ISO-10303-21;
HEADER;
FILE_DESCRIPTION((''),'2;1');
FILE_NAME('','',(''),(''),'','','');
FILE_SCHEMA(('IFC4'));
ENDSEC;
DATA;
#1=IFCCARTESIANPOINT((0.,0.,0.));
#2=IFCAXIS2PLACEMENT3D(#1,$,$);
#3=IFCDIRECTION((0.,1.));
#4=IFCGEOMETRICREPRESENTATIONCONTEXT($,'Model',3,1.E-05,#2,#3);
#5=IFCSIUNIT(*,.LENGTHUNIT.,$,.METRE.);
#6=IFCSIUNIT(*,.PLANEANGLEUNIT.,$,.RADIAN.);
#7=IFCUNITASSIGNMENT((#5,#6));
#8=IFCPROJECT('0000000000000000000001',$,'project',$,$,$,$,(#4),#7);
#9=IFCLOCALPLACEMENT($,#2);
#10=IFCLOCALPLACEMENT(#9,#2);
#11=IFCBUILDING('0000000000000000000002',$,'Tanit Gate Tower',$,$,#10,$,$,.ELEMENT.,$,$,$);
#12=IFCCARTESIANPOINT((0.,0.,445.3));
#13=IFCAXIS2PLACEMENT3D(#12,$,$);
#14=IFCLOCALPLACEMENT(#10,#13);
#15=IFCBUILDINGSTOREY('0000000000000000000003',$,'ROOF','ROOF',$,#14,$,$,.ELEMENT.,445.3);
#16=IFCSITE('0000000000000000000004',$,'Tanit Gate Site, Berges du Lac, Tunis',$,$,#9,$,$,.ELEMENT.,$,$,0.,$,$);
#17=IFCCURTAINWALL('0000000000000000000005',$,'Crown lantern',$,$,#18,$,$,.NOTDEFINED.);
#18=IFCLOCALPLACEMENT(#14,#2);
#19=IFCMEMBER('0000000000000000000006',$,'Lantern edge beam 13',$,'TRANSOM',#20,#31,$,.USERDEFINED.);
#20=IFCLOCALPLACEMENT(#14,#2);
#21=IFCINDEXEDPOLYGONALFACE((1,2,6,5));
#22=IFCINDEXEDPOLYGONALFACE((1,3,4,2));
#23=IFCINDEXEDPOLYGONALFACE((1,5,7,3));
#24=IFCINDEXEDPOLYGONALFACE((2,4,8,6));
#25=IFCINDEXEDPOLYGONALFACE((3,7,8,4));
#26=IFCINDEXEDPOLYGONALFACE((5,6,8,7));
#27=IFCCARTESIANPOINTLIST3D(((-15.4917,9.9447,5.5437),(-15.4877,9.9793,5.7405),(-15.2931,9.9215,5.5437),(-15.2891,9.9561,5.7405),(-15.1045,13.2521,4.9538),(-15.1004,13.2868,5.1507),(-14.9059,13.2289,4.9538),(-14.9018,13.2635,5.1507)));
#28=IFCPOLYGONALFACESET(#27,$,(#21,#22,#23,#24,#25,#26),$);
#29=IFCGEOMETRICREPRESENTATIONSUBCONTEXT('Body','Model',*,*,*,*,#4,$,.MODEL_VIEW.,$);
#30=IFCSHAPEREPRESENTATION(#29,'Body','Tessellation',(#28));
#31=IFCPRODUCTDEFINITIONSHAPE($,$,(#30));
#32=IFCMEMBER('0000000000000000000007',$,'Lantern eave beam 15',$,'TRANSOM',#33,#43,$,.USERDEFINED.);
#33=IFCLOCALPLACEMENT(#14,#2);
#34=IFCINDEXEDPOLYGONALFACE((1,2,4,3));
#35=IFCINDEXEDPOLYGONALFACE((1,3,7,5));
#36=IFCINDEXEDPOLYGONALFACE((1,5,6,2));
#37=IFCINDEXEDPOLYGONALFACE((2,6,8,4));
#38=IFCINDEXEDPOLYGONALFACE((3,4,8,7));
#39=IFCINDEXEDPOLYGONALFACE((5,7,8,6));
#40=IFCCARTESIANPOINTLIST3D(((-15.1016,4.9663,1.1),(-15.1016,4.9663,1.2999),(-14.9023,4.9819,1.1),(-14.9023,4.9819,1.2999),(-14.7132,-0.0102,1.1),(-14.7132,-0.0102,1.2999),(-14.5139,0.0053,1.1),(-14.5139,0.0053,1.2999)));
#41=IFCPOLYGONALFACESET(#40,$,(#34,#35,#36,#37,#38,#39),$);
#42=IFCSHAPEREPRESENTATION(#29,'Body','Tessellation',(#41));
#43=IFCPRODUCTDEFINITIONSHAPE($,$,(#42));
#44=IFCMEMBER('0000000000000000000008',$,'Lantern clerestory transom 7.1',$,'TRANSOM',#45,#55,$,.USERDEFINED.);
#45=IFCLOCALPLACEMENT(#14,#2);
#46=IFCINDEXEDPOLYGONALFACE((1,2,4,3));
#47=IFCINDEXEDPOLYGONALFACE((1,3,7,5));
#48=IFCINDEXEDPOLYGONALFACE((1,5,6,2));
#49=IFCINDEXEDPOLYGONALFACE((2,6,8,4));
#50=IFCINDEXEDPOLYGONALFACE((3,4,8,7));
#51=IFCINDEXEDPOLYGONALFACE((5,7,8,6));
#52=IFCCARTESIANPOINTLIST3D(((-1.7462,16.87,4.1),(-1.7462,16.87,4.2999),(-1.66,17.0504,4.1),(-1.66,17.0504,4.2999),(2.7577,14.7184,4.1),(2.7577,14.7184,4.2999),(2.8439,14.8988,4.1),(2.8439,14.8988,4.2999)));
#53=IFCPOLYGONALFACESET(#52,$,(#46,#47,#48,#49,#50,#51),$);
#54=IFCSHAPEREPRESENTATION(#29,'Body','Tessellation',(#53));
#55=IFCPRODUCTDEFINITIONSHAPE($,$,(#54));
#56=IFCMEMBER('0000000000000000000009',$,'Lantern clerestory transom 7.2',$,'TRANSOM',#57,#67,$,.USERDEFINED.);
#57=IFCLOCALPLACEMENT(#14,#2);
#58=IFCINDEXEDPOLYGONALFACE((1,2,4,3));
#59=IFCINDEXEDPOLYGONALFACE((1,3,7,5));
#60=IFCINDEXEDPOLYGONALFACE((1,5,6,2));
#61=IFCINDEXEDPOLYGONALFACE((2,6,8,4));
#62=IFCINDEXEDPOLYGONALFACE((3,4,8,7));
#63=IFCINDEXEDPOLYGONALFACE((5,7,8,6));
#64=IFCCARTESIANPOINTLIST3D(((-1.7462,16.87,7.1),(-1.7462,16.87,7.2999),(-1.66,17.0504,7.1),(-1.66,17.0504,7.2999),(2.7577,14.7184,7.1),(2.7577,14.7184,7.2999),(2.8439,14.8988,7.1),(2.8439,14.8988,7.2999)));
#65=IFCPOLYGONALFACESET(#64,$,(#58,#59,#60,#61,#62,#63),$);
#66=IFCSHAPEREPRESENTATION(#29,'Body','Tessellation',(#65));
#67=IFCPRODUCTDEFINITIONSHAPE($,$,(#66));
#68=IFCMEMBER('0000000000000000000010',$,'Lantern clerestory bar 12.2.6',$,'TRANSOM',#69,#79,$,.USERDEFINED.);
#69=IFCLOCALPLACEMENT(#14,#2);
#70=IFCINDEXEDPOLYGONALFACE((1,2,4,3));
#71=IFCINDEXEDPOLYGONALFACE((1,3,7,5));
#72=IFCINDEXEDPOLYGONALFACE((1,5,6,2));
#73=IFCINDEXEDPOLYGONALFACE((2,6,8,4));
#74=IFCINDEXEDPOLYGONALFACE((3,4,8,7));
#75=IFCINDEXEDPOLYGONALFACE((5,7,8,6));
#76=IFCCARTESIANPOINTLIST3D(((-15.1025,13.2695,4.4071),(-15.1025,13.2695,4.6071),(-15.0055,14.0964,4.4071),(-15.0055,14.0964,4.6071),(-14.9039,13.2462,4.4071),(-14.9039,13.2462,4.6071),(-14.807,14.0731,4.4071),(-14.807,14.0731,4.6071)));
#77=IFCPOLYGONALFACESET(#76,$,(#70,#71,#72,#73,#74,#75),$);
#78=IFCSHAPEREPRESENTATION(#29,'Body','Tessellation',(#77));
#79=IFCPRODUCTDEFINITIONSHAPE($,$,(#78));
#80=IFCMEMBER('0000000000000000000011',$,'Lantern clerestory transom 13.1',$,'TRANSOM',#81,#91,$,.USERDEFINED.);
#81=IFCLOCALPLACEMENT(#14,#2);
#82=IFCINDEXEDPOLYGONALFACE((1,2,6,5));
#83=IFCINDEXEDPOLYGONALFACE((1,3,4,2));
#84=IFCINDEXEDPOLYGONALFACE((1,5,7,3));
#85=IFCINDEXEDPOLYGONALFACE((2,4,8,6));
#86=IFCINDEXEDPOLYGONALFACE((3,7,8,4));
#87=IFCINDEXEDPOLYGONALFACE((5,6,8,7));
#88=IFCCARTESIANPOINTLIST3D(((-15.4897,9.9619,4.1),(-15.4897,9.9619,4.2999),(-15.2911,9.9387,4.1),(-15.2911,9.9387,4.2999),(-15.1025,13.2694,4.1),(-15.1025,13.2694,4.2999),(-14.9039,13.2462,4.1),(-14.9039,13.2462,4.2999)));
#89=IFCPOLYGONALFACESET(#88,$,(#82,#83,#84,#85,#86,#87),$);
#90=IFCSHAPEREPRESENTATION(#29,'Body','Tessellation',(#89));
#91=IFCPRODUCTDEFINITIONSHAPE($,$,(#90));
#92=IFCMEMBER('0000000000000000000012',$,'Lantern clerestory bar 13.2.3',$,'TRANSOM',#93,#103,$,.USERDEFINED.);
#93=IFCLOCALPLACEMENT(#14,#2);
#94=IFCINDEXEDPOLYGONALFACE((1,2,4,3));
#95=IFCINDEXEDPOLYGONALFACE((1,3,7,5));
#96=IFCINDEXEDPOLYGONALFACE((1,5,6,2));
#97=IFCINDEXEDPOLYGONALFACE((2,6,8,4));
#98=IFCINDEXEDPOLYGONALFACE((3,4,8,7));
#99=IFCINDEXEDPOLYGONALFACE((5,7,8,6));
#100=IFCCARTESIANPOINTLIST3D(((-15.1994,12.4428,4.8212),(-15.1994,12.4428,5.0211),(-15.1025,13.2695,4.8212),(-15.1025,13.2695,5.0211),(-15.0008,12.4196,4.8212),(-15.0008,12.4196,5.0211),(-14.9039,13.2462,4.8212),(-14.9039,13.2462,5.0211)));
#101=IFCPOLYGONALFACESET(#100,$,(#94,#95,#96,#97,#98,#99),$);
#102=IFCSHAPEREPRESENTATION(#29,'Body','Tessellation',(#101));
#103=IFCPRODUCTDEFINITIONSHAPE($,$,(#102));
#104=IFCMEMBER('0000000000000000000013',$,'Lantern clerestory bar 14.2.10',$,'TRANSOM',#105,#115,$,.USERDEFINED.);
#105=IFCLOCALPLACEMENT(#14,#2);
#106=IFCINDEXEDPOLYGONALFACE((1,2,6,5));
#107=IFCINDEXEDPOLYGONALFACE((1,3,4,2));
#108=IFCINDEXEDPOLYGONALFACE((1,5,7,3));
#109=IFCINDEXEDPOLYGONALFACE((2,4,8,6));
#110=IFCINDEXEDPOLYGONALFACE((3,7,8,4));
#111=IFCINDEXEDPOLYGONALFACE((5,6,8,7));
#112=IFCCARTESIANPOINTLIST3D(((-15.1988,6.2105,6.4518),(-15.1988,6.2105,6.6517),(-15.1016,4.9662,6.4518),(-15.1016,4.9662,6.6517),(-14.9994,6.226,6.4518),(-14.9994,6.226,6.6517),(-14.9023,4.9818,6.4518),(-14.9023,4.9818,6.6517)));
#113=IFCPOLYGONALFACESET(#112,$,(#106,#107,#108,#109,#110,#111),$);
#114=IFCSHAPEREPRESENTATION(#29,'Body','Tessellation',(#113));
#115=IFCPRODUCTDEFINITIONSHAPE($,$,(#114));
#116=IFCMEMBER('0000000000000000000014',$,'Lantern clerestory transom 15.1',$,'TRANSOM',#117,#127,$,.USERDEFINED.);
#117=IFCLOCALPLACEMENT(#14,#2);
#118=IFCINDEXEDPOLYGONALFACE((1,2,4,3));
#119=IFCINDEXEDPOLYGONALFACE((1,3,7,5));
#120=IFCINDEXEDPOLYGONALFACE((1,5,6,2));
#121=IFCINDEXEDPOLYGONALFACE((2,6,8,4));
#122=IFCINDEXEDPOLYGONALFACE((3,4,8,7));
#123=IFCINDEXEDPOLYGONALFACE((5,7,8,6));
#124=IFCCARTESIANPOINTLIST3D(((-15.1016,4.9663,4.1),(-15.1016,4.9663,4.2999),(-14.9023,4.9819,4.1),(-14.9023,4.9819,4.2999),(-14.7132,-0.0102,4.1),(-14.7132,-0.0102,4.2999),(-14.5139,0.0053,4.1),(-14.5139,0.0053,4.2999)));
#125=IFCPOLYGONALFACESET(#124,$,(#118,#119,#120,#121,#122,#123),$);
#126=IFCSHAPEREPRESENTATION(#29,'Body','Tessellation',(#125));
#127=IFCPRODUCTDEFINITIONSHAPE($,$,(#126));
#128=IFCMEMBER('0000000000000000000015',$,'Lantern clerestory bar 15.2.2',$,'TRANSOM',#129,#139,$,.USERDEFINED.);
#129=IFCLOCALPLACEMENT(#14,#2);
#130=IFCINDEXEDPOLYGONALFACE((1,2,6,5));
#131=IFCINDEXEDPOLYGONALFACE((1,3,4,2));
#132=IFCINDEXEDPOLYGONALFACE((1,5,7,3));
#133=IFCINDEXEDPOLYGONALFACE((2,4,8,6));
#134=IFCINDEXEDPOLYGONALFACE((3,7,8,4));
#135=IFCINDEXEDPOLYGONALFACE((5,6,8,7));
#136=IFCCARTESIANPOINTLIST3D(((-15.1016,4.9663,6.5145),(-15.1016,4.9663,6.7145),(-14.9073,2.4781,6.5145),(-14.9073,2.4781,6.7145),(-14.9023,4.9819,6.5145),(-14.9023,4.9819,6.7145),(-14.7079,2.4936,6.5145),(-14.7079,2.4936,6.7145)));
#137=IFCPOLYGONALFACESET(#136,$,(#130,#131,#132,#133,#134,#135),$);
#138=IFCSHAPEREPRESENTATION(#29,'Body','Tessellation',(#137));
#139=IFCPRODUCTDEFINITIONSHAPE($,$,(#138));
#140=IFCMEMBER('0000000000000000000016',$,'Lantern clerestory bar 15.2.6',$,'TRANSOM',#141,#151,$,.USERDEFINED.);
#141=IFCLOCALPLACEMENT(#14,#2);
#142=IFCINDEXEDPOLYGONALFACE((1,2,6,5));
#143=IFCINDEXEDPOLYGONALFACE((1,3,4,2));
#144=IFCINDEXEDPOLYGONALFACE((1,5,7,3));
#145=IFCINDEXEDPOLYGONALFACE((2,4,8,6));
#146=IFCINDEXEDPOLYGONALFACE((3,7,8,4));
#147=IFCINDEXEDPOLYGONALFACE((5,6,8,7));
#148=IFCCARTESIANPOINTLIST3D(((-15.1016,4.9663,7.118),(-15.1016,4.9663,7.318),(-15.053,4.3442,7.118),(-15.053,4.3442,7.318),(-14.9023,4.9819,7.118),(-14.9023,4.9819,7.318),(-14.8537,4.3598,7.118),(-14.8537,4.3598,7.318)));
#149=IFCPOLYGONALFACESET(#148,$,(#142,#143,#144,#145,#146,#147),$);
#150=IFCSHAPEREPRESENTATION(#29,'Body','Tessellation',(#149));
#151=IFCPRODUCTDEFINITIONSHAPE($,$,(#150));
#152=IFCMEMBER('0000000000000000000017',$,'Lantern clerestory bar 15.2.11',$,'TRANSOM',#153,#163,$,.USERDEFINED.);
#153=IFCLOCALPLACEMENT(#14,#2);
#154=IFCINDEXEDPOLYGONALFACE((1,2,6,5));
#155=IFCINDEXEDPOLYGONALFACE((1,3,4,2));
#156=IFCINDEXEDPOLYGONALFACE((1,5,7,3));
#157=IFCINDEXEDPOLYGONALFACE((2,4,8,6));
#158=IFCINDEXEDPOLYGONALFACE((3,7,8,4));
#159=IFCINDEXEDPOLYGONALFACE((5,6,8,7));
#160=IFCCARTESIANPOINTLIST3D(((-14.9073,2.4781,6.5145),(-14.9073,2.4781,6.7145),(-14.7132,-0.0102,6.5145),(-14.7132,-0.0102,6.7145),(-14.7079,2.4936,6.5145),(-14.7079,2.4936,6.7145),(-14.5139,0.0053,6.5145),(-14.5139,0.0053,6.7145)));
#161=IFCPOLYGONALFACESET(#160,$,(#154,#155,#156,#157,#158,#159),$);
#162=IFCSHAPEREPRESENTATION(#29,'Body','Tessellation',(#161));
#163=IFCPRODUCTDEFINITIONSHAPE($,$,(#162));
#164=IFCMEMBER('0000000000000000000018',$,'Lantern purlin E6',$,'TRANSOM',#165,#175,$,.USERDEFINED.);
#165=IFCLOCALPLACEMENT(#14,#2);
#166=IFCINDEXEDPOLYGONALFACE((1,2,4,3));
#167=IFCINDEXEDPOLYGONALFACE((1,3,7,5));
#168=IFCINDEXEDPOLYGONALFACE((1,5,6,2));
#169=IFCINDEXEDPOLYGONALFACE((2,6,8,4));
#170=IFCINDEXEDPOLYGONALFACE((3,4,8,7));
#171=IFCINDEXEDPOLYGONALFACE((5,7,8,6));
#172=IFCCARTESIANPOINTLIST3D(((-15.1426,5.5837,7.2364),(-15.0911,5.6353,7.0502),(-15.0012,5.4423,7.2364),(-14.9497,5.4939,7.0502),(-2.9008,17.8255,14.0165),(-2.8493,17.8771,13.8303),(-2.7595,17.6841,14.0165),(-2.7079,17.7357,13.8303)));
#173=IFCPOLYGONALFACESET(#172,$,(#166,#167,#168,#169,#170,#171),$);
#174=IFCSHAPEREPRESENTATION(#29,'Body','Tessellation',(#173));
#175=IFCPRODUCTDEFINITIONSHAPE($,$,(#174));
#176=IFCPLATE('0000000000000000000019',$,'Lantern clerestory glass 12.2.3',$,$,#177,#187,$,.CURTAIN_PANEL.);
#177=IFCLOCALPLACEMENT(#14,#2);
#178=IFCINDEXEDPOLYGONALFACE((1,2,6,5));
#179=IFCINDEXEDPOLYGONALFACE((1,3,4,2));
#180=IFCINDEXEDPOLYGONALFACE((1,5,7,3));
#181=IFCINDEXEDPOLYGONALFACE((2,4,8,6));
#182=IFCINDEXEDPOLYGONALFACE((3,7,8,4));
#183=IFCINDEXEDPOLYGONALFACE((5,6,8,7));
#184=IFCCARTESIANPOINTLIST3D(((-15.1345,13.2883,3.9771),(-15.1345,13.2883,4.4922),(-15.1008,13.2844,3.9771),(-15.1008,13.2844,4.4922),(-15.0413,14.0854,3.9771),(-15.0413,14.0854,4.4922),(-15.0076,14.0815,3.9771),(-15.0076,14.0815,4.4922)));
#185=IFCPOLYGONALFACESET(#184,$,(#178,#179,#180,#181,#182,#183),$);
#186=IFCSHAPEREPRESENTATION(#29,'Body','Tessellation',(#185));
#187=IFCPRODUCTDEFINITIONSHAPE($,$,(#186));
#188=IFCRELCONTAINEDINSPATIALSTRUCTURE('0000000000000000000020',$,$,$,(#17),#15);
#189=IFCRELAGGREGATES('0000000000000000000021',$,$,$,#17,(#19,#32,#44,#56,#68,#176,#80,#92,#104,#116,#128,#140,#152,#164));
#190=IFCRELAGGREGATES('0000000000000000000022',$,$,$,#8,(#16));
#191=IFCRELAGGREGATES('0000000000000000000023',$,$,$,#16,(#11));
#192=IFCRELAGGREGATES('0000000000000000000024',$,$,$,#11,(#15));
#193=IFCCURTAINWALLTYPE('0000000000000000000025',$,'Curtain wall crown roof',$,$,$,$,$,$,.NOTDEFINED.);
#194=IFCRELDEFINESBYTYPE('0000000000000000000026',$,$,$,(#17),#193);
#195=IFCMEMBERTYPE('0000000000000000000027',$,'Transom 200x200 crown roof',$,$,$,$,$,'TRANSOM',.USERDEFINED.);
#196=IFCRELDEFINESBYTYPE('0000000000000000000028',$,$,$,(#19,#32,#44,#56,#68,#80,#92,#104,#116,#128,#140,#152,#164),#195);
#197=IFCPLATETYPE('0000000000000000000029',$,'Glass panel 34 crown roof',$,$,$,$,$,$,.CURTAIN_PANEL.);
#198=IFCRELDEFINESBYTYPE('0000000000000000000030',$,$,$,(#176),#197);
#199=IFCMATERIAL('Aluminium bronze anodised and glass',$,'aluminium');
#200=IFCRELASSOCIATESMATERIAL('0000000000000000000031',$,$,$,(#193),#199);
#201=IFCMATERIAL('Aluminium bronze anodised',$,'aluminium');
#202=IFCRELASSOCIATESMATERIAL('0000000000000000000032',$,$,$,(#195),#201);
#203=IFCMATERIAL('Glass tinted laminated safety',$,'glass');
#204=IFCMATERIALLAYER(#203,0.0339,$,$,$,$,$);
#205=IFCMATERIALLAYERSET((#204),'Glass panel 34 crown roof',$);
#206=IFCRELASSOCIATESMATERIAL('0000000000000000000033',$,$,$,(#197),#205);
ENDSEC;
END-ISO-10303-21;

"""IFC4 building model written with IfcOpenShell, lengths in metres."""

from ifc_helpers import new_model, si_unit, direction, frame, origin, origin_2d, place, context, subcontext, project, spatial, polyline, rectangle, outline, extrude, material, layer, layer_set, material_profile, profile_set, type_object, element, aggregate, save


model = new_model("IFC4")

# Units and contexts
model_context = context("Model", 3, precision=1e-05, world=origin(), true_north=direction((0.0, 1.0)))
body_context = subcontext(model_context, "Body", "Model", "MODEL_VIEW")
ifc_project = project(units=[si_unit("LENGTHUNIT", "METRE"), si_unit("PLANEANGLEUNIT", "RADIAN")], contexts=[model_context])

# Site, building, storey
site_placement = place(None, origin())
site = spatial("IfcSite", under=ifc_project, at=site_placement, Name="Tanit Gate Site, Berges du Lac, Tunis", CompositionType="ELEMENT", RefElevation=0.0)
building_placement = place(site_placement, origin())
building = spatial("IfcBuilding", under=site, at=building_placement, Name="Tanit Gate Tower", CompositionType="ELEMENT")
storey_placement = place(building_placement, frame((0.0, 0.0, 445.3)))
storey = spatial("IfcBuildingStorey", under=building, at=storey_placement, Name="ROOF", Description="ROOF", CompositionType="ELEMENT", Elevation=445.3)

# Curtain wall, members, plate
ifc_material_1 = material(Name="Aluminium bronze anodised and glass", Category="aluminium")
curtain_wall_type = type_object("IfcCurtainWallType", Name="Curtain wall crown roof", PredefinedType="NOTDEFINED", material=ifc_material_1)
curtain_wall_placement = place(storey_placement, origin())
curtain_wall = element("IfcCurtainWall", 1, at=curtain_wall_placement, inside=storey, type_object=curtain_wall_type, Name="Crown lantern", PredefinedType="NOTDEFINED")
ifc_material_2 = material(Name="Aluminium bronze anodised", Category="aluminium")
ifc_material_profile_1 = material_profile(ifc_material_2, rectangle(XDim=0.2, YDim=0.2, at=origin_2d()), Name="200x200 bronze transom")
ifc_profile_set_1 = profile_set([ifc_material_profile_1], Name="Aluminium bronze anodised")
member_type_1 = type_object("IfcMemberType", Name="Transom 200x200 crown roof", ElementType="TRANSOM", PredefinedType="USERDEFINED", material=ifc_profile_set_1)
member_1_placement = place(storey_placement, frame((-15.0032, 13.2578, 5.0522), z_axis=(-0.114497, -0.977992, 0.174417), x_axis=(0.993217, -0.11628, 0.0)))
member_1 = element("IfcMember", 2, at=member_1_placement, type_object=member_type_1, Name="Lantern edge beam 13", ObjectType="TRANSOM", PredefinedType="USERDEFINED", context=body_context, shape_type="SweptSolid", body=[
    extrude(rectangle(XDim=0.2, YDim=0.2, at=origin_2d()), origin(), (0.0, 0.0, 1.0), 3.3818),
])
member_2_placement = place(storey_placement, frame((-15.002, 4.9741, 1.2), z_axis=(0.077815, -0.996968, 0.0), x_axis=(0.996968, 0.077815, 0.0)))
member_2 = element("IfcMember", 3, at=member_2_placement, type_object=member_type_1, Name="Lantern eave beam 15", ObjectType="TRANSOM", PredefinedType="USERDEFINED", context=body_context, shape_type="SweptSolid", body=[
    extrude(rectangle(XDim=0.2, YDim=0.2, at=origin_2d()), origin(), (0.0, 0.0, 1.0), 4.9917),
])
member_3_placement = place(storey_placement, frame((2.8008, 14.8086, 4.2), z_axis=(-0.902324, 0.431059, 0.0), x_axis=(-0.431059, -0.902324, 0.0)))
member_3 = element("IfcMember", 4, at=member_3_placement, type_object=member_type_1, Name="Lantern clerestory transom 7.1", ObjectType="TRANSOM", PredefinedType="USERDEFINED", context=body_context, shape_type="SweptSolid", body=[
    extrude(rectangle(XDim=0.2, YDim=0.2, at=origin_2d()), origin(), (0.0, 0.0, 1.0), 4.9915),
])
member_4_placement = place(storey_placement, frame((2.8008, 14.8086, 7.2), z_axis=(-0.902324, 0.431059, 0.0), x_axis=(-0.431059, -0.902324, 0.0)))
member_4 = element("IfcMember", 5, at=member_4_placement, type_object=member_type_1, Name="Lantern clerestory transom 7.2", ObjectType="TRANSOM", PredefinedType="USERDEFINED", context=body_context, shape_type="SweptSolid", body=[
    extrude(rectangle(XDim=0.2, YDim=0.2, at=origin_2d()), origin(), (0.0, 0.0, 1.0), 4.9915),
])
member_5_placement = place(storey_placement, frame((-14.9062, 14.0847, 4.5071), z_axis=(-0.116416, -0.993201, 0.0), x_axis=(0.993201, -0.116416, 0.0)))
member_5 = element("IfcMember", 6, at=member_5_placement, type_object=member_type_1, Name="Lantern clerestory bar 12.2.6", ObjectType="TRANSOM", PredefinedType="USERDEFINED", context=body_context, shape_type="SweptSolid", body=[
    extrude(rectangle(XDim=0.2, YDim=0.2, at=origin_2d()), origin(), (0.0, 0.0, 1.0), 0.8325),
])
member_6_placement = place(storey_placement, frame((-15.0032, 13.2578, 4.2), z_axis=(-0.11628, -0.993217, 0.0), x_axis=(0.993217, -0.11628, 0.0)))
member_6 = element("IfcMember", 7, at=member_6_placement, type_object=member_type_1, Name="Lantern clerestory transom 13.1", ObjectType="TRANSOM", PredefinedType="USERDEFINED", context=body_context, shape_type="SweptSolid", body=[
    extrude(rectangle(XDim=0.2, YDim=0.2, at=origin_2d()), origin(), (0.0, 0.0, 1.0), 3.3301),
])
member_7_placement = place(storey_placement, frame((-15.0032, 13.2578, 4.9211), z_axis=(-0.11645, -0.993197, 0.0), x_axis=(0.993197, -0.11645, 0.0)))
member_7 = element("IfcMember", 8, at=member_7_placement, type_object=member_type_1, Name="Lantern clerestory bar 13.2.3", ObjectType="TRANSOM", PredefinedType="USERDEFINED", context=body_context, shape_type="SweptSolid", body=[
    extrude(rectangle(XDim=0.2, YDim=0.2, at=origin_2d()), origin(), (0.0, 0.0, 1.0), 0.8323),
])
member_8_placement = place(storey_placement, frame((-15.0991, 6.2183, 6.5518), z_axis=(0.077863, -0.996964, 0.0), x_axis=(0.996964, 0.077863, 0.0)))
member_8 = element("IfcMember", 9, at=member_8_placement, type_object=member_type_1, Name="Lantern clerestory bar 14.2.10", ObjectType="TRANSOM", PredefinedType="USERDEFINED", context=body_context, shape_type="SweptSolid", body=[
    extrude(rectangle(XDim=0.2, YDim=0.2, at=origin_2d()), origin(), (0.0, 0.0, 1.0), 1.248),
])
member_9_placement = place(storey_placement, frame((-15.002, 4.9741, 4.2), z_axis=(0.077815, -0.996968, 0.0), x_axis=(0.996968, 0.077815, 0.0)))
member_9 = element("IfcMember", 10, at=member_9_placement, type_object=member_type_1, Name="Lantern clerestory transom 15.1", ObjectType="TRANSOM", PredefinedType="USERDEFINED", context=body_context, shape_type="SweptSolid", body=[
    extrude(rectangle(XDim=0.2, YDim=0.2, at=origin_2d()), origin(), (0.0, 0.0, 1.0), 4.9917),
])
member_10_placement = place(storey_placement, frame((-15.002, 4.9741, 6.6145), z_axis=(0.077863, -0.996964, 0.0), x_axis=(0.996964, 0.077863, 0.0)))
member_10 = element("IfcMember", 11, at=member_10_placement, type_object=member_type_1, Name="Lantern clerestory bar 15.2.2", ObjectType="TRANSOM", PredefinedType="USERDEFINED", context=body_context, shape_type="SweptSolid", body=[
    extrude(rectangle(XDim=0.2, YDim=0.2, at=origin_2d()), origin(), (0.0, 0.0, 1.0), 2.4958),
])
member_11_placement = place(storey_placement, frame((-15.002, 4.9741, 7.218), z_axis=(0.077863, -0.996964, 0.0), x_axis=(0.996964, 0.077863, 0.0)))
member_11 = element("IfcMember", 12, at=member_11_placement, type_object=member_type_1, Name="Lantern clerestory bar 15.2.6", ObjectType="TRANSOM", PredefinedType="USERDEFINED", context=body_context, shape_type="SweptSolid", body=[
    extrude(rectangle(XDim=0.2, YDim=0.2, at=origin_2d()), origin(), (0.0, 0.0, 1.0), 0.624),
])
member_12_placement = place(storey_placement, frame((-14.8076, 2.4858, 6.6145), z_axis=(0.077766, -0.996972, 0.0), x_axis=(0.996972, 0.077766, 0.0)))
member_12 = element("IfcMember", 13, at=member_12_placement, type_object=member_type_1, Name="Lantern clerestory bar 15.2.11", ObjectType="TRANSOM", PredefinedType="USERDEFINED", context=body_context, shape_type="SweptSolid", body=[
    extrude(rectangle(XDim=0.2, YDim=0.2, at=origin_2d()), origin(), (0.0, 0.0, 1.0), 2.4958),
])
member_13_placement = place(storey_placement, frame((-15.0461, 5.5388, 7.1433), z_axis=(0.658416, 0.658416, 0.364662), x_axis=(-0.707107, 0.707107, 0.0)))
member_13 = element("IfcMember", 14, at=member_13_placement, type_object=member_type_1, Name="Lantern purlin E6", ObjectType="TRANSOM", PredefinedType="USERDEFINED", context=body_context, shape_type="SweptSolid", body=[
    extrude(rectangle(XDim=0.2, YDim=0.2, at=origin_2d()), origin(), (0.0, 0.0, 1.0), 18.5928),
])
ifc_material_3 = material(Name="Glass tinted laminated safety", Category="glass")
ifc_layer_1 = layer(ifc_material_3, 0.0339)
ifc_layer_set_1 = layer_set([ifc_layer_1], Name="Glass panel 34 crown roof")
plate_type = type_object("IfcPlateType", Name="Glass panel 34 crown roof", PredefinedType="CURTAIN_PANEL", material=ifc_layer_set_1)
plate_1_placement = place(storey_placement, frame((-15.0413, 14.0854, 3.9771), z_axis=(-0.993225, 0.116206, 0.0), x_axis=(-0.116206, -0.993225, 0.0)))
plate_1 = element("IfcPlate", 15, at=plate_1_placement, type_object=plate_type, Name="Lantern clerestory glass 12.2.3", PredefinedType="CURTAIN_PANEL", context=body_context, shape_type="SweptSolid", body=[
    extrude(outline(polyline([(0.0, 0.0), (0.8026, 0.0), (0.8026, 0.5151), (0.0, 0.5151), (0.0, 0.0)])), origin(), (0.0, 0.0, -1.0), 0.0339),
])
aggregate(curtain_wall, [member_1, member_2, member_3, member_4, member_5, plate_1, member_6, member_7, member_8, member_9, member_10, member_11, member_12, member_13])

save(model, "model.ifc")
